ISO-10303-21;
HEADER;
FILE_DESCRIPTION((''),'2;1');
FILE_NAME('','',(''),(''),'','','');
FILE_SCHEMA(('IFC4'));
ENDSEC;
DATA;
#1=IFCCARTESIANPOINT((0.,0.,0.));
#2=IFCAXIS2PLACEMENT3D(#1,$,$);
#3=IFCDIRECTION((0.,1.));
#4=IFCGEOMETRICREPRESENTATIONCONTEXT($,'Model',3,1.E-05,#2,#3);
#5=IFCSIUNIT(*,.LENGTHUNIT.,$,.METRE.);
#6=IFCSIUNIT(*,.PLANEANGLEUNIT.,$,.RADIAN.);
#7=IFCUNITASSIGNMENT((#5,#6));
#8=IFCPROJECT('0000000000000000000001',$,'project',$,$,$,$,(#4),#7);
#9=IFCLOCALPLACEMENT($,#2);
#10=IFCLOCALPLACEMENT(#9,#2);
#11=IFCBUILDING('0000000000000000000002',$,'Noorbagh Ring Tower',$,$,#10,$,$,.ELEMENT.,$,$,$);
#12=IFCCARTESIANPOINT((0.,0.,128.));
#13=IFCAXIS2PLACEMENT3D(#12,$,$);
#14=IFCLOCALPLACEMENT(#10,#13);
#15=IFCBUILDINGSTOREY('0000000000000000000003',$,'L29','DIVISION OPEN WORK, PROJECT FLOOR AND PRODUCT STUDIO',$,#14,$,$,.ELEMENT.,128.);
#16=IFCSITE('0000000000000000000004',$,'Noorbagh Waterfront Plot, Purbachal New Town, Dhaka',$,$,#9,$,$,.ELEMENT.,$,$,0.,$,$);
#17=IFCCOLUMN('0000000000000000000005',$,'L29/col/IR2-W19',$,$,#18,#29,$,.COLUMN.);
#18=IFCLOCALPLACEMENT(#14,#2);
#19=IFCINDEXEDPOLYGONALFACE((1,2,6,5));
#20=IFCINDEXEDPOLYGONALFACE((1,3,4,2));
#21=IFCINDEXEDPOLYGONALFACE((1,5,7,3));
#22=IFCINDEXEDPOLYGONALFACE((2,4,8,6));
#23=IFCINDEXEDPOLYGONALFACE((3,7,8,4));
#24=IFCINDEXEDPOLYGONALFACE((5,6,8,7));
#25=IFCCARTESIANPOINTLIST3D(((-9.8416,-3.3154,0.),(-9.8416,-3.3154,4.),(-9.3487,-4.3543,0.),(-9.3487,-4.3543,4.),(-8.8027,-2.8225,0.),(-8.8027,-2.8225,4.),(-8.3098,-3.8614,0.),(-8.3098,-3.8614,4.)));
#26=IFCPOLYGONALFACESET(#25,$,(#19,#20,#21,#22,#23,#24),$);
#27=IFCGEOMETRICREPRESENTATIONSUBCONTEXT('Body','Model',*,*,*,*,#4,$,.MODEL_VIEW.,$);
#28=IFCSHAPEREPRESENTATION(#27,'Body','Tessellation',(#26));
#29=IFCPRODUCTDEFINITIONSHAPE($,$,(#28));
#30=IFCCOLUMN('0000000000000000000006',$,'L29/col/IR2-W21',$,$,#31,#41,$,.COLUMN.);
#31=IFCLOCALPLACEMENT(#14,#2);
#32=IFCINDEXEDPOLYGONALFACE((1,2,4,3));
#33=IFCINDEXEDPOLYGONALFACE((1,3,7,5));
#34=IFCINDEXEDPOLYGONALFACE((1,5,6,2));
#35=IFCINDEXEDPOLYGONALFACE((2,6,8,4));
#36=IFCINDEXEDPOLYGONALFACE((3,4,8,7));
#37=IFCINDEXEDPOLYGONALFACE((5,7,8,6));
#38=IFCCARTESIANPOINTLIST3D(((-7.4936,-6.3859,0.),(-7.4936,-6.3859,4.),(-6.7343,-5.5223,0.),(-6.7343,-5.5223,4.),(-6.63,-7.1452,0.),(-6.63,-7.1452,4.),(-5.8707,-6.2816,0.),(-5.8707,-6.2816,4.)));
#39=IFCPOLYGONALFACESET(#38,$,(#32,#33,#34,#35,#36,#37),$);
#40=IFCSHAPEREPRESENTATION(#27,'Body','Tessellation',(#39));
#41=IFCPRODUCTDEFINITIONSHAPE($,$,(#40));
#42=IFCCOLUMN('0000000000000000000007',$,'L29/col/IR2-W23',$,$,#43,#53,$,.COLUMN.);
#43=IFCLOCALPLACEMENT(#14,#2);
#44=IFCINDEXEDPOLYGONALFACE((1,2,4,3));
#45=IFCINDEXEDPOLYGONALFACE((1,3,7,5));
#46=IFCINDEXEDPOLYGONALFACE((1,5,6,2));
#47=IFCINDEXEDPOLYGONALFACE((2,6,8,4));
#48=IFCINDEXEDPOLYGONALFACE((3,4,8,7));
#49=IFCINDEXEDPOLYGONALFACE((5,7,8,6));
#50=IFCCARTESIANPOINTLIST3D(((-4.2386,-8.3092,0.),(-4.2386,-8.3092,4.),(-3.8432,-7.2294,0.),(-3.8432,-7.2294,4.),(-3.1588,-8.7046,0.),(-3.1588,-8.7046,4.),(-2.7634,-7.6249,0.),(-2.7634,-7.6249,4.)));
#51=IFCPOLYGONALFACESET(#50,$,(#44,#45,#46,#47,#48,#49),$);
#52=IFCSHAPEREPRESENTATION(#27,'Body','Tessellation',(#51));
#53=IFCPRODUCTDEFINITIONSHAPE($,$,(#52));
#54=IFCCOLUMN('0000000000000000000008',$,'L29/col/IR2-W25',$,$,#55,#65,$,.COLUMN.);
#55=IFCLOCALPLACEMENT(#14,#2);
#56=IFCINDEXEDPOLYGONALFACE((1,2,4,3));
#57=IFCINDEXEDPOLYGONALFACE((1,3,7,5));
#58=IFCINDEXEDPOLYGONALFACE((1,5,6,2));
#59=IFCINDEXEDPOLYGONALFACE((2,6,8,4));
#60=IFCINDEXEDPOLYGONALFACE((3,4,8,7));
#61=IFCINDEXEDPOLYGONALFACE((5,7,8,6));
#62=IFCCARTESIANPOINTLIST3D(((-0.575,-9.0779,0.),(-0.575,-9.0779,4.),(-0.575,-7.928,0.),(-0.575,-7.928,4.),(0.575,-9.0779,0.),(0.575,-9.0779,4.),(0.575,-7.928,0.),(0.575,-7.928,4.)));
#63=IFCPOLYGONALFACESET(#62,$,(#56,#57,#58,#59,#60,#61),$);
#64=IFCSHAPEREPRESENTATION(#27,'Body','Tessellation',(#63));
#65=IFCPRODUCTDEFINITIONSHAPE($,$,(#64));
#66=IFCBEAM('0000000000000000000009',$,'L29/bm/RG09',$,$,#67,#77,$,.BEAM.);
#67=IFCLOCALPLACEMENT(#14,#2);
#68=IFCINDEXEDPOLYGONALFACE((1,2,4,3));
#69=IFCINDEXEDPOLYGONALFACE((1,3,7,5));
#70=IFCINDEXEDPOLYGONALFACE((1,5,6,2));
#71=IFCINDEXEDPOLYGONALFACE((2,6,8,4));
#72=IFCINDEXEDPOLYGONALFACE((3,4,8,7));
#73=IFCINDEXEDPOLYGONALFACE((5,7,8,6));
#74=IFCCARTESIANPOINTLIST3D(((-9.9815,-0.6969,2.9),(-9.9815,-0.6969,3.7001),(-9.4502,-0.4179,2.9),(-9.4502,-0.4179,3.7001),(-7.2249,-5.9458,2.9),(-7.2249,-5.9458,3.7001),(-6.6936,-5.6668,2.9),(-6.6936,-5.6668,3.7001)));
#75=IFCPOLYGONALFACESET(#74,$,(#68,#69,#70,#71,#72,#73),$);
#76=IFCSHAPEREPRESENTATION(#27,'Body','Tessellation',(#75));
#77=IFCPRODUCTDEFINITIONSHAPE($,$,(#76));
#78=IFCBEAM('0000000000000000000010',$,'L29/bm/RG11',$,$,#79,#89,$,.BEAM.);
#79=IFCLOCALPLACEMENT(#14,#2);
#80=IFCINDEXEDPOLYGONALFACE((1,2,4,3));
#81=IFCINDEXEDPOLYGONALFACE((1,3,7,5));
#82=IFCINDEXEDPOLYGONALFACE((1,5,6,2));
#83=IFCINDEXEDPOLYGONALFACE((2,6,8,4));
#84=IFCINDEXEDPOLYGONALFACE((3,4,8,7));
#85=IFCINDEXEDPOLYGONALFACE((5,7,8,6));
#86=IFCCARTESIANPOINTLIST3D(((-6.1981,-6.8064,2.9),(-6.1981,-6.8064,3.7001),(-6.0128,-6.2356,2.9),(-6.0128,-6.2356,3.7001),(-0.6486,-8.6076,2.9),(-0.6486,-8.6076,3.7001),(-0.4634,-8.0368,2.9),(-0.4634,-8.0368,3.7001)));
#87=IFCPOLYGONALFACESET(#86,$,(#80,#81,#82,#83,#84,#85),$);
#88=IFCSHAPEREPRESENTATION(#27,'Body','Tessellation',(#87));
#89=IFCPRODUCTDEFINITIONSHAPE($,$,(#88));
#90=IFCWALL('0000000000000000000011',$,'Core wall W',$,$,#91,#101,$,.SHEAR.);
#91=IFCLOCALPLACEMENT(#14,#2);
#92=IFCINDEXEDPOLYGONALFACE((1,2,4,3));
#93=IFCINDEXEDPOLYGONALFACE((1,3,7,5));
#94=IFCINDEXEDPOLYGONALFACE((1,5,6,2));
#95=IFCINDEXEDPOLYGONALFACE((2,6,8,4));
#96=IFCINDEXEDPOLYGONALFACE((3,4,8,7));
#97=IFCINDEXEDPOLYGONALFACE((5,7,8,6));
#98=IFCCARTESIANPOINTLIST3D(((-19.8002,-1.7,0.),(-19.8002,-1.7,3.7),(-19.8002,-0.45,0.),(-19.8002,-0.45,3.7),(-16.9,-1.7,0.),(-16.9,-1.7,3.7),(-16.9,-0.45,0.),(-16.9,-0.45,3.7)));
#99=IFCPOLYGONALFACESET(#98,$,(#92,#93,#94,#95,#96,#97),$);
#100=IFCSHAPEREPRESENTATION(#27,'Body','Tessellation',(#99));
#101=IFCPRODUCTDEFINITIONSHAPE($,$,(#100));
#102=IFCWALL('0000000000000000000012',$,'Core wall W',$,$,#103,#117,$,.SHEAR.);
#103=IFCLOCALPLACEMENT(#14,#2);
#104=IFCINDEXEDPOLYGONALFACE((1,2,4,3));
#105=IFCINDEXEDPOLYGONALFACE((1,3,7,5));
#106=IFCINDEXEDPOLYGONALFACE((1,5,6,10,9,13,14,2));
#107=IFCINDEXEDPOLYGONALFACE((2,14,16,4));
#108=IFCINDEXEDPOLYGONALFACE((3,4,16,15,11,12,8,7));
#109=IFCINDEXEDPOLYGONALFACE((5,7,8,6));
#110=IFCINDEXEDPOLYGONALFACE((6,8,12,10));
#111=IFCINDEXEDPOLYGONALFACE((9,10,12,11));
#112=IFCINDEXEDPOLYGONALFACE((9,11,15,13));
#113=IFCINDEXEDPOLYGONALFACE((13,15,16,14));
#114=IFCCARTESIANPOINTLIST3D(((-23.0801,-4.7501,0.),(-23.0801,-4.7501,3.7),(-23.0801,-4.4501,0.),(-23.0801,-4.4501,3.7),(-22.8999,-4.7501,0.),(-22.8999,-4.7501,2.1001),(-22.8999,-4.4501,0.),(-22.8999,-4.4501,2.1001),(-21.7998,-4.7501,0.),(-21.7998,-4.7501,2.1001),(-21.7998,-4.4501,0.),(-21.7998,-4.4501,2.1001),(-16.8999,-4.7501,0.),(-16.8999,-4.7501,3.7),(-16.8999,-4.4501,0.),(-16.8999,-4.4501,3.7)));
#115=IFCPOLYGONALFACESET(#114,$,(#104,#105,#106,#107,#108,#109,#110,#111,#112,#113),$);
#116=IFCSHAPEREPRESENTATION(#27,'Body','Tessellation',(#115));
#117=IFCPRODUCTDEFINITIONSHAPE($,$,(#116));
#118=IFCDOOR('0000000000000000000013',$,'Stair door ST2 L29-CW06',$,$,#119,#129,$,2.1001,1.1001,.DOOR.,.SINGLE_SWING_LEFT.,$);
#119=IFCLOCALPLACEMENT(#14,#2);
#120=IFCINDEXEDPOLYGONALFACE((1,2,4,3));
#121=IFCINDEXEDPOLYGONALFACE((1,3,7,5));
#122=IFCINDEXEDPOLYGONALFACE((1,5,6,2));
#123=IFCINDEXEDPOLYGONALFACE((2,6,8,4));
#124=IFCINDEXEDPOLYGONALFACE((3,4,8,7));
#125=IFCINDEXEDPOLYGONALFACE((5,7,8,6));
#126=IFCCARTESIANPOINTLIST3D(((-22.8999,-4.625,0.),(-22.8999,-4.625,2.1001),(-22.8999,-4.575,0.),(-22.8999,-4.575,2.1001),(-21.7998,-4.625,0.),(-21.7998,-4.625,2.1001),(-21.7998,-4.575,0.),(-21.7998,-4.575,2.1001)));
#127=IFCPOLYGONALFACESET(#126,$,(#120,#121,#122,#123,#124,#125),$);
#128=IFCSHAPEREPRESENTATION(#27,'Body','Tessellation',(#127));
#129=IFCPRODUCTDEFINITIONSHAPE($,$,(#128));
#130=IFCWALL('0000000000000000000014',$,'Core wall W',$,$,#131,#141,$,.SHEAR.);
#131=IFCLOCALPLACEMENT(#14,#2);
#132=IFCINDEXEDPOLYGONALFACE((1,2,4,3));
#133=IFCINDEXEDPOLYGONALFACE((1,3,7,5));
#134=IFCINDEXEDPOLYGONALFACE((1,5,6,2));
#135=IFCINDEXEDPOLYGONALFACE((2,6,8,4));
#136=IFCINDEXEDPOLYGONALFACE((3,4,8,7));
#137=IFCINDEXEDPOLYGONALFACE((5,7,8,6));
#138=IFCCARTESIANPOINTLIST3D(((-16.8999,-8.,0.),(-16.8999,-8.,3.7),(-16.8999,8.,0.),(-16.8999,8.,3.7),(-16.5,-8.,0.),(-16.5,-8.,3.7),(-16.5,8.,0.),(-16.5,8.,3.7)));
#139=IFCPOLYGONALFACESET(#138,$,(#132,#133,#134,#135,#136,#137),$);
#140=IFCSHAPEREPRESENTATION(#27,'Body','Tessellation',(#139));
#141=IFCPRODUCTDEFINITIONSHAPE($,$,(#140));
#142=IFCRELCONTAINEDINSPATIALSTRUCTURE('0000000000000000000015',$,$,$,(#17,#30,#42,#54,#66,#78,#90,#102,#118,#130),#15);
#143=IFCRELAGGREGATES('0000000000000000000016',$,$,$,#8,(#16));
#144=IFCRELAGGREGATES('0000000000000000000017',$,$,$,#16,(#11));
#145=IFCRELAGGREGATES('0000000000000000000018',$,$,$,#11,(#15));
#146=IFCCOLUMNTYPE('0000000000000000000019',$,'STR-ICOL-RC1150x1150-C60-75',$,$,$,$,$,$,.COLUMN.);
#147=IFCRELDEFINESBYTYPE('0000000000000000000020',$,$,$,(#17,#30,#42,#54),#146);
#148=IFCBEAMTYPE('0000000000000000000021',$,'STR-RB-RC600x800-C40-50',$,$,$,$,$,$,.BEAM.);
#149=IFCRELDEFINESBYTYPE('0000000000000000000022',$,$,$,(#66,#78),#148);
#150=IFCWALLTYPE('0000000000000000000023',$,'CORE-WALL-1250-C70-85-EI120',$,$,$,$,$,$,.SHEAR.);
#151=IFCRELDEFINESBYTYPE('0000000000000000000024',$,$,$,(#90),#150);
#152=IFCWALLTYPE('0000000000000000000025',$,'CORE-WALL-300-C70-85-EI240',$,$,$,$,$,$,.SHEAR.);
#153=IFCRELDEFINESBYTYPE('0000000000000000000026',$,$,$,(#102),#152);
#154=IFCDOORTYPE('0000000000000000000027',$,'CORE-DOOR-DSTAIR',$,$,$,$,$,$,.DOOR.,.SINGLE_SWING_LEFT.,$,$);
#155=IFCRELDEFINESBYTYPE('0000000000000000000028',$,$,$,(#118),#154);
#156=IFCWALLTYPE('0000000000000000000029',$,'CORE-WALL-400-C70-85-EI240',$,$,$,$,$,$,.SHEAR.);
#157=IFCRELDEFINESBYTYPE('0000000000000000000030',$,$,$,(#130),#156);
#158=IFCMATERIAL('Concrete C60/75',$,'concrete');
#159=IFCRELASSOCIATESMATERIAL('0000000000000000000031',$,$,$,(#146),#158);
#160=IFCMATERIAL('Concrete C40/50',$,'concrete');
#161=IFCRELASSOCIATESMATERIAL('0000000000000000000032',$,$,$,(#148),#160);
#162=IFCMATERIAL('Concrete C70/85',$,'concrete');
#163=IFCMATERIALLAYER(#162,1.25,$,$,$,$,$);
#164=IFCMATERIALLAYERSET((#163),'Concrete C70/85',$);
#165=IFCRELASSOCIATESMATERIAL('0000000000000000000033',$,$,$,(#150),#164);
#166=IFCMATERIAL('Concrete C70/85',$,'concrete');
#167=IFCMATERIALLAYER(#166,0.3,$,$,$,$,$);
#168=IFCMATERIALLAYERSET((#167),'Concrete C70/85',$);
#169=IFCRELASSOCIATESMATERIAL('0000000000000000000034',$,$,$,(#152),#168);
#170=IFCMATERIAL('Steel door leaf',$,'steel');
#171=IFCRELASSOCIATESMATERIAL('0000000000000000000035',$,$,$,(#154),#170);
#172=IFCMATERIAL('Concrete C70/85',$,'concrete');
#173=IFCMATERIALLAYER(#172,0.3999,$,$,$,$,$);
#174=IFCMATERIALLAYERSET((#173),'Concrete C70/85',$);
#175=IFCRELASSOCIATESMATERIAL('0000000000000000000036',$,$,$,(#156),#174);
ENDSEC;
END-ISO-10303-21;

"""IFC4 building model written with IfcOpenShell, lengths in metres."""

from ifc_helpers import new_model, si_unit, direction, frame, frame_2d, origin, origin_2d, place, context, subcontext, project, spatial, rectangle, extrude, material, layer, layer_set, material_profile, profile_set, type_object, element, fill, save


model = new_model("IFC4")

# Units and contexts
model_context = context("Model", 3, precision=1e-05, world=origin(), true_north=direction((0.0, 1.0)))
body_context = subcontext(model_context, "Body", "Model", "MODEL_VIEW")
ifc_project = project(units=[si_unit("LENGTHUNIT", "METRE"), si_unit("PLANEANGLEUNIT", "RADIAN")], contexts=[model_context])

# Site, building, storey
site_placement = place(None, origin())
site = spatial("IfcSite", under=ifc_project, at=site_placement, Name="Noorbagh Waterfront Plot, Purbachal New Town, Dhaka", CompositionType="ELEMENT", RefElevation=0.0)
building_placement = place(site_placement, origin())
building = spatial("IfcBuilding", under=site, at=building_placement, Name="Noorbagh Ring Tower", CompositionType="ELEMENT")
storey_placement = place(building_placement, frame((0.0, 0.0, 128.0)))
storey = spatial("IfcBuildingStorey", under=building, at=storey_placement, Name="L29", Description="DIVISION OPEN WORK, PROJECT FLOOR AND PRODUCT STUDIO", CompositionType="ELEMENT", Elevation=128.0)

# Columns
ifc_material_1 = material(Name="Concrete C60/75", Category="concrete")
ifc_material_profile_1 = material_profile(ifc_material_1, rectangle(XDim=1.1499, YDim=1.1499, at=origin_2d()), Name="RC1150x1150")
ifc_profile_set_1 = profile_set([ifc_material_profile_1], Name="Concrete C60/75")
column_type = type_object("IfcColumnType", Name="STR-ICOL-RC1150x1150-C60-75", PredefinedType="COLUMN", material=ifc_profile_set_1)
for number, where, z_axis, x_axis, name in (
    (1, (-9.0757, -3.5884, 0.0), (0.0, 0.0, 1.0), (0.428667, -0.903463, 0.0), "L29/col/IR2-W19"),
    (2, (-6.6821, -6.3337, 0.0), (0.0, 0.0, 1.0), (0.751022, -0.660277, 0.0), "L29/col/IR2-W21"),
    (3, (-3.501, -7.967, 0.0), (0.0, 0.0, 1.0), (0.93902, -0.343864, 0.0), "L29/col/IR2-W23"),
    (4, (0.0, -8.5029, 0.0), (0.0, 0.0, 1.0), (1.0, 0.0, 0.0), "L29/col/IR2-W25"),
):
    element("IfcColumn", number, at=place(storey_placement, frame(where, z_axis=z_axis, x_axis=x_axis)), inside=storey, type_object=column_type, Name=name, PredefinedType="COLUMN", context=body_context, shape_type="SweptSolid", body=[
        extrude(rectangle(XDim=1.1499, YDim=1.1499, at=origin_2d()), origin(), (0.0, 0.0, 1.0), 4.0),
    ])

# Beams
ifc_material_2 = material(Name="Concrete C40/50", Category="concrete")
ifc_material_profile_2 = material_profile(ifc_material_2, rectangle(XDim=0.6001, YDim=0.8, at=origin_2d()), Name="RC600x800")
ifc_profile_set_2 = profile_set([ifc_material_profile_2], Name="Concrete C40/50")
beam_type = type_object("IfcBeamType", Name="STR-RB-RC600x800-C40-50", PredefinedType="BEAM", material=ifc_profile_set_2)
beam_1_placement = place(storey_placement, frame((-9.7158, -0.5574, 3.3), z_axis=(0.464947, -0.885339, 0.0), x_axis=(0.885339, 0.464947, 0.0)))
element("IfcBeam", 5, at=beam_1_placement, inside=storey, type_object=beam_type, Name="L29/bm/RG09", PredefinedType="BEAM", context=body_context, shape_type="SweptSolid", body=[
    extrude(rectangle(XDim=0.6001, YDim=0.8, at=origin_2d()), origin(), (0.0, 0.0, 1.0), 5.9287),
])
beam_2_placement = place(storey_placement, frame((-6.1055, -6.521, 3.3), z_axis=(0.951152, -0.308724, 0.0), x_axis=(0.308724, 0.951152, 0.0)))
element("IfcBeam", 6, at=beam_2_placement, inside=storey, type_object=beam_type, Name="L29/bm/RG11", PredefinedType="BEAM", context=body_context, shape_type="SweptSolid", body=[
    extrude(rectangle(XDim=0.6001, YDim=0.8, at=origin_2d()), origin(), (0.0, 0.0, 1.0), 5.8345),
])

# Wall
ifc_material_3 = material(Name="Concrete C70/85", Category="concrete")
ifc_layer_1 = layer(ifc_material_3, 1.25)
ifc_layer_set_1 = layer_set([ifc_layer_1], Name="Concrete C70/85")
wall_type_1 = type_object("IfcWallType", Name="CORE-WALL-1250-C70-85-EI120", PredefinedType="SHEAR", material=ifc_layer_set_1)
wall_1_placement = place(storey_placement, frame((-16.8999, -1.075, 0.0), z_axis=(0.0, 0.0, 1.0), x_axis=(-1.0, 0.0, 0.0)))
element("IfcWall", 7, at=wall_1_placement, inside=storey, type_object=wall_type_1, Name="Core wall W", PredefinedType="SHEAR", context=body_context, shape_type="SweptSolid", body=[
    extrude(rectangle(XDim=2.9001, YDim=1.25, at=frame_2d((1.4502, 0.0))), origin(), (0.0, 0.0, 1.0), 3.7),
])

# Wall, opening, door
ifc_material_4 = material(Name="Concrete C70/85", Category="concrete")
ifc_layer_2 = layer(ifc_material_4, 0.3)
ifc_layer_set_2 = layer_set([ifc_layer_2], Name="Concrete C70/85")
wall_type_2 = type_object("IfcWallType", Name="CORE-WALL-300-C70-85-EI240", PredefinedType="SHEAR", material=ifc_layer_set_2)
wall_2_placement = place(storey_placement, frame((-16.8999, -4.6001, 0.0), z_axis=(0.0, 0.0, 1.0), x_axis=(-1.0, 0.0, 0.0)))
wall_2 = element("IfcWall", 8, at=wall_2_placement, inside=storey, type_object=wall_type_2, Name="Core wall W", PredefinedType="SHEAR", context=body_context, shape_type="SweptSolid", body=[
    extrude(rectangle(XDim=6.1802, YDim=0.3, at=frame_2d((3.0901, 0.0))), origin(), (0.0, 0.0, 1.0), 3.7),
])
opening_1_placement = place(wall_2_placement, frame((4.8999, 0.0, 0.0)))
opening_1 = element("IfcOpeningElement", 9, at=opening_1_placement, cuts=wall_2, PredefinedType="OPENING", context=body_context, shape_type="SweptSolid", body=[
    extrude(rectangle(XDim=1.1001, YDim=2.1001, at=frame_2d((0.55, 1.05))), frame((0.0, 0.1602, 0.0), z_axis=(0.0, -1.0, 0.0), x_axis=(1.0, 0.0, 0.0)), (0.0, 0.0, 1.0), 0.3201),
])
ifc_material_5 = material(Name="Steel door leaf", Category="steel")
door_type_1 = type_object("IfcDoorType", Name="CORE-DOOR-DSTAIR", OperationType="SINGLE_SWING_LEFT", PredefinedType="DOOR", material=ifc_material_5)
door_1_placement = place(opening_1_placement, origin())
door_1 = element("IfcDoor", 10, at=door_1_placement, inside=storey, type_object=door_type_1, Name="Stair door ST2 L29-CW06", OperationType="SINGLE_SWING_LEFT", OverallHeight=2.1001, OverallWidth=1.1001, PredefinedType="DOOR", context=body_context, shape_type="SweptSolid", body=[
    extrude(rectangle(XDim=1.1001, YDim=2.1001, at=frame_2d((0.55, 1.05))), frame((0.0, 0.0249, 0.0), z_axis=(0.0, -1.0, 0.0), x_axis=(1.0, 0.0, 0.0)), (0.0, 0.0, 1.0), 0.05),
])
fill(opening_1, door_1)

# Wall
ifc_material_6 = material(Name="Concrete C70/85", Category="concrete")
ifc_layer_3 = layer(ifc_material_6, 0.3999)
ifc_layer_set_3 = layer_set([ifc_layer_3], Name="Concrete C70/85")
wall_type_3 = type_object("IfcWallType", Name="CORE-WALL-400-C70-85-EI240", PredefinedType="SHEAR", material=ifc_layer_set_3)
wall_3_placement = place(storey_placement, frame((-16.7, -8.0, 0.0), z_axis=(0.0, 0.0, 1.0), x_axis=(0.0, 1.0, 0.0)))
element("IfcWall", 11, at=wall_3_placement, inside=storey, type_object=wall_type_3, Name="Core wall W", PredefinedType="SHEAR", context=body_context, shape_type="SweptSolid", body=[
    extrude(rectangle(XDim=16.0, YDim=0.3999, at=frame_2d((8.0, 0.0))), origin(), (0.0, 0.0, 1.0), 3.7),
])

save(model, "model.ifc")
